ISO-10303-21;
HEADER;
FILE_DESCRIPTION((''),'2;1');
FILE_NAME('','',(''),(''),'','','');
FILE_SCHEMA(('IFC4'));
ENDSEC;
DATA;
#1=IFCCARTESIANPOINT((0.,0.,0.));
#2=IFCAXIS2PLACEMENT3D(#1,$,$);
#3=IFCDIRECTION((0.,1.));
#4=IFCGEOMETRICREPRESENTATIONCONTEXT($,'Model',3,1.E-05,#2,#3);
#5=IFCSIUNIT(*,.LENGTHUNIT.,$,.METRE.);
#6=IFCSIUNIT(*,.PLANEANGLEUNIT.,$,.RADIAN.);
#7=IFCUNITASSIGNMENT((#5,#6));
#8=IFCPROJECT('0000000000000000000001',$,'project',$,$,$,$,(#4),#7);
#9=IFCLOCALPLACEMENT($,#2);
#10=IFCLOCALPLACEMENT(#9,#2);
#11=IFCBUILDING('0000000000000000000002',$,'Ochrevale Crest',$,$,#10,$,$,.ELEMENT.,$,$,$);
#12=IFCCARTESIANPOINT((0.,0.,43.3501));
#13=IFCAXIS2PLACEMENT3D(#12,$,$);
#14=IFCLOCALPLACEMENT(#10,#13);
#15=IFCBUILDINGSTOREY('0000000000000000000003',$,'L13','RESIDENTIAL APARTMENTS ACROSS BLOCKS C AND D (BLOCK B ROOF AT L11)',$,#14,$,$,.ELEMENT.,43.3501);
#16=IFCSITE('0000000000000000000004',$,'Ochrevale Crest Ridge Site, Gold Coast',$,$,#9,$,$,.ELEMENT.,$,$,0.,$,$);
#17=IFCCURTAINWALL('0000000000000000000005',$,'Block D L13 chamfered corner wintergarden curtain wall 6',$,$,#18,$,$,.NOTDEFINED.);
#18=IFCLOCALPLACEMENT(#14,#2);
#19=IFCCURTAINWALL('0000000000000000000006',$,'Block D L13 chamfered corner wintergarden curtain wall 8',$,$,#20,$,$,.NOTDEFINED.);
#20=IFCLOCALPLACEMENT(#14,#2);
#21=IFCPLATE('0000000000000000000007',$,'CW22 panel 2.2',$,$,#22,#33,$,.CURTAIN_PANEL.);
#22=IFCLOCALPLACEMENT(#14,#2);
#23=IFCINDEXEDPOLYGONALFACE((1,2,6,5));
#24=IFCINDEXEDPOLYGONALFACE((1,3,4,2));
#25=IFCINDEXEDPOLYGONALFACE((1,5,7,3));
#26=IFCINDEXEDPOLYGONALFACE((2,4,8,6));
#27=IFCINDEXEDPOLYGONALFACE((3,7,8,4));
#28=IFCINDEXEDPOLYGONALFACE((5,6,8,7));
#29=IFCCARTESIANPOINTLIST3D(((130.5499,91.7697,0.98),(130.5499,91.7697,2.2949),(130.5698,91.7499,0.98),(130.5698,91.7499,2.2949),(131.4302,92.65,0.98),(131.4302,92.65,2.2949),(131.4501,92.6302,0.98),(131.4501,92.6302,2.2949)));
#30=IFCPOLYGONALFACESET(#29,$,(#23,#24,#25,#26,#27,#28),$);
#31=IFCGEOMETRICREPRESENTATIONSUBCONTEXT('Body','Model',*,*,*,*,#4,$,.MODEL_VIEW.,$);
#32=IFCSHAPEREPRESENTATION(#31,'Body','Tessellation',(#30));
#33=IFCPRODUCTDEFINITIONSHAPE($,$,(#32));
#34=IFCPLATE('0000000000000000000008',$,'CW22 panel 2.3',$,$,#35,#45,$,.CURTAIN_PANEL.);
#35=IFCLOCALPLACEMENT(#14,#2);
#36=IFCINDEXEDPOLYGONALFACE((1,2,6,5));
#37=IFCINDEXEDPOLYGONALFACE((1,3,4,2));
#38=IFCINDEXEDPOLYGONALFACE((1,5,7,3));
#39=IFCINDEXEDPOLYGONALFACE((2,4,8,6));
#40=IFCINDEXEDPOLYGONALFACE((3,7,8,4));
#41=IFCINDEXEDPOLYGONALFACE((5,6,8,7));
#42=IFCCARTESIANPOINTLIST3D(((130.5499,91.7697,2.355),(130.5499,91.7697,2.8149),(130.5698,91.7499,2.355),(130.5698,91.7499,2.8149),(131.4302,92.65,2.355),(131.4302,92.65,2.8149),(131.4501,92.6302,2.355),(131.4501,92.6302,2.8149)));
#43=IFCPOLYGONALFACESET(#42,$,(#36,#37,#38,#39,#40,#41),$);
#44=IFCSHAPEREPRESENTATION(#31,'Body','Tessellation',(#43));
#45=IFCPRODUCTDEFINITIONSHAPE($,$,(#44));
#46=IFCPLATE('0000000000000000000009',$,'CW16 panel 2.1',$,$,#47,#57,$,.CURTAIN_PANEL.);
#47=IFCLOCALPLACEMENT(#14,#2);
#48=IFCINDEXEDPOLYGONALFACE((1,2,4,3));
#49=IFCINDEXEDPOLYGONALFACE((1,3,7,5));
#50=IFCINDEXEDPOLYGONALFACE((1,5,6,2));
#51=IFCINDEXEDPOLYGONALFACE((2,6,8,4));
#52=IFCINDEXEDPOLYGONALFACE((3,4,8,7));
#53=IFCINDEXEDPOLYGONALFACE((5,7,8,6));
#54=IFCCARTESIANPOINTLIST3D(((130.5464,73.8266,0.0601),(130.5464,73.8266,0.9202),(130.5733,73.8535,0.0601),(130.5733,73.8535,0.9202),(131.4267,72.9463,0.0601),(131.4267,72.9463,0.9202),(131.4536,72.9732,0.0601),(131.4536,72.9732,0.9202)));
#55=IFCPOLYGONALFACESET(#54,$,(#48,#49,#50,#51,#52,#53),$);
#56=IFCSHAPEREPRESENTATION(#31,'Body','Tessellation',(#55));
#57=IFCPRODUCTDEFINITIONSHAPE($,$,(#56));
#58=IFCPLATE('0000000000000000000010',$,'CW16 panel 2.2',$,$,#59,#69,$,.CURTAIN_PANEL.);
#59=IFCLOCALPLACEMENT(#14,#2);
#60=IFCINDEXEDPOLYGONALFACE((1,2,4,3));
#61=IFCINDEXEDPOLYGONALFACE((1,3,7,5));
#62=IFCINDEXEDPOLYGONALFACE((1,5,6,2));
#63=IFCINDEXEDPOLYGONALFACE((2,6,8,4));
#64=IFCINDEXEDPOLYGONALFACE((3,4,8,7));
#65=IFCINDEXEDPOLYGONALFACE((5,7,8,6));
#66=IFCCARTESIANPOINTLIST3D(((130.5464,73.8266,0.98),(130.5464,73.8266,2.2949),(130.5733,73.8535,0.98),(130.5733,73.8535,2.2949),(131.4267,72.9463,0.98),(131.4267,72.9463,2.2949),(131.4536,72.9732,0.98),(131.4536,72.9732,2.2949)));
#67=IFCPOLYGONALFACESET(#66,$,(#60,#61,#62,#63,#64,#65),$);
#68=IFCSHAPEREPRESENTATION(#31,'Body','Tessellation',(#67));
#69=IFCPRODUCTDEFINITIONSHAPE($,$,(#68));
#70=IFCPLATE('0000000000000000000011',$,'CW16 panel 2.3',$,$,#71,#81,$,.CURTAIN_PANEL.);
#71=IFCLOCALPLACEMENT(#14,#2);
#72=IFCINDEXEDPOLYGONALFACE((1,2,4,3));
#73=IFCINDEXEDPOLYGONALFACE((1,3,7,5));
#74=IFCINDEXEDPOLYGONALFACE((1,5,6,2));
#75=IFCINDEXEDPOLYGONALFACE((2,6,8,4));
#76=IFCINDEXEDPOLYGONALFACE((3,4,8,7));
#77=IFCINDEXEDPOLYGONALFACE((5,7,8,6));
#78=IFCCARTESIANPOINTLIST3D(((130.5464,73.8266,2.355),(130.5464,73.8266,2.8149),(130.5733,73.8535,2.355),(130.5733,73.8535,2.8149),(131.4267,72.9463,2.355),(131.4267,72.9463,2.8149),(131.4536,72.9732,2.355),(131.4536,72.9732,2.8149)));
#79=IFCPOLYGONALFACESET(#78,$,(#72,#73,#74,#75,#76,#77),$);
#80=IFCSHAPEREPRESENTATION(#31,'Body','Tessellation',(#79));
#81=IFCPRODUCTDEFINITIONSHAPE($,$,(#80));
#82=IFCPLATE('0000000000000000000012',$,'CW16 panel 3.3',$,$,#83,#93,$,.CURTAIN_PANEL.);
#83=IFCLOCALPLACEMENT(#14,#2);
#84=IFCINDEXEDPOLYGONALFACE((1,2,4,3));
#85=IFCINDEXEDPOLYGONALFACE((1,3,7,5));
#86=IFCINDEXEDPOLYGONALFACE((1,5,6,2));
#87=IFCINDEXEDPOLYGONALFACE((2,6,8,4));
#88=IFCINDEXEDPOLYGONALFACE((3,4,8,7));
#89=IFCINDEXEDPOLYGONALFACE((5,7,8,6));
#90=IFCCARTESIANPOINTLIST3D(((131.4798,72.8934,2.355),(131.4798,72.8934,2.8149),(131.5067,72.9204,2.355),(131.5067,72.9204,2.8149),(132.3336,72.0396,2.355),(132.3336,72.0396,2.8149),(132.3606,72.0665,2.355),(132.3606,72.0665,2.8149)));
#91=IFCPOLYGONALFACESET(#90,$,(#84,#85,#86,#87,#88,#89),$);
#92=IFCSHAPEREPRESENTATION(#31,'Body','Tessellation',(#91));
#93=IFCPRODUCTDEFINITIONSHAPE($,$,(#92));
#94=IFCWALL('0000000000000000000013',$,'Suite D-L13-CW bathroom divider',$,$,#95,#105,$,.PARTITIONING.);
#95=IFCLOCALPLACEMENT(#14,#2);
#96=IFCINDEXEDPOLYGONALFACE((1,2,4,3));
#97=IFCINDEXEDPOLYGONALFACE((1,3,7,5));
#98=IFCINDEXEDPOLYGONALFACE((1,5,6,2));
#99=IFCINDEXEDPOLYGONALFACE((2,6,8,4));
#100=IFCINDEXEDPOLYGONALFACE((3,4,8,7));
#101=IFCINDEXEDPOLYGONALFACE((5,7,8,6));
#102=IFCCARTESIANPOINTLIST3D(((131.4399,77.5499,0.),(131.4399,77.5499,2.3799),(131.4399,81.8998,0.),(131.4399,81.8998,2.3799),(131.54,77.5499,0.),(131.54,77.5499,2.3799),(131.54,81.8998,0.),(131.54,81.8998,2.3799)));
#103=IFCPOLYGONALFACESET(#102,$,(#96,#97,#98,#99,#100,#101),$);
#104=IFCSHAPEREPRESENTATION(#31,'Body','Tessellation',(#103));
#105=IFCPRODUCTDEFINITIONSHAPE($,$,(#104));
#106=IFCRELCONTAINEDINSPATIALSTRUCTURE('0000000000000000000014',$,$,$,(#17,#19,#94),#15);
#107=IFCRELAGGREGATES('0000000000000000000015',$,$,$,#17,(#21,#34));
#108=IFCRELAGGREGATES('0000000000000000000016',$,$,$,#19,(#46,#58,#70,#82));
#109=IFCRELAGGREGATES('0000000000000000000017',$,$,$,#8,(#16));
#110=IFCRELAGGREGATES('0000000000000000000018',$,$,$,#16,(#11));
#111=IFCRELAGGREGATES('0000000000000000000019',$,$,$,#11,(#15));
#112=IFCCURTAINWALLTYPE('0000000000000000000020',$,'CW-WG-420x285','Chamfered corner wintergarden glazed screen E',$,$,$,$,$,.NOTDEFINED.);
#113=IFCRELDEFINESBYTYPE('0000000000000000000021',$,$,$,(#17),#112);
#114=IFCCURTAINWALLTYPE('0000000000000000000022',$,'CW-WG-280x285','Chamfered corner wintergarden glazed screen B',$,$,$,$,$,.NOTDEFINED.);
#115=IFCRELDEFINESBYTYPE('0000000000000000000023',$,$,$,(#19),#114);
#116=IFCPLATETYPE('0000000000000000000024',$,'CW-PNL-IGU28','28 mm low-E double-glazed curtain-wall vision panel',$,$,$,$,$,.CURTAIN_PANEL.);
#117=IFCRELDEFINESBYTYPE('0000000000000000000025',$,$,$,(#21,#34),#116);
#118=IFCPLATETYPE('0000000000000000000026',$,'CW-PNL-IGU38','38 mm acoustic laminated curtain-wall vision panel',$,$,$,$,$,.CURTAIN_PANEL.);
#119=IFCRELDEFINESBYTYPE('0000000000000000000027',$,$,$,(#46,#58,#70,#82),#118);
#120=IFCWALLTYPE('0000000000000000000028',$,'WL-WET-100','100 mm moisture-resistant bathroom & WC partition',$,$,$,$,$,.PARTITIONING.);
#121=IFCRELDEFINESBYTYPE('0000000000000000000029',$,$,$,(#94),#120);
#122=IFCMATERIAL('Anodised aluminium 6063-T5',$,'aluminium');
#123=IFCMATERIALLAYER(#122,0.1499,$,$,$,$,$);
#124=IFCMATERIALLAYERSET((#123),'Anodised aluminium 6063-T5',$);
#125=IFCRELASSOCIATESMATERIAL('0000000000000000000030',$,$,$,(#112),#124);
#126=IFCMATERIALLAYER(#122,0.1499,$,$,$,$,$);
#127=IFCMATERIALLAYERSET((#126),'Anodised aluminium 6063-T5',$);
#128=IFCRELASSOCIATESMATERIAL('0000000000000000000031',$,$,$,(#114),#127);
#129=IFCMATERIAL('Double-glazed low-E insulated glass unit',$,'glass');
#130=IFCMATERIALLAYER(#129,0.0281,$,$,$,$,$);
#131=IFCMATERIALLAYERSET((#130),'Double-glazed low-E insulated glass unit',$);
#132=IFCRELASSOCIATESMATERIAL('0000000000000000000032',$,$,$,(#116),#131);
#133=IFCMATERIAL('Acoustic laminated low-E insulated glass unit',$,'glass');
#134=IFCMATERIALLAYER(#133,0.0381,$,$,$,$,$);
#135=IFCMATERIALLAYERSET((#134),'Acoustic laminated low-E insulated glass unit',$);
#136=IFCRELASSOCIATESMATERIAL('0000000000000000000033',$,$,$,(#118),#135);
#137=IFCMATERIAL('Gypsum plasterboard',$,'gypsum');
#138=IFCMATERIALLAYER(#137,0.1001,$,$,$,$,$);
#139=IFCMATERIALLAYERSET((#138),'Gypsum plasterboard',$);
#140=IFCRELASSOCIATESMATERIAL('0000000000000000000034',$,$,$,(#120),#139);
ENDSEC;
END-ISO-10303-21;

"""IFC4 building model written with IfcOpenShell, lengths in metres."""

from ifc_helpers import new_model, si_unit, direction, frame, frame_2d, origin, origin_2d, place, context, subcontext, project, spatial, rectangle, extrude, material, layer, layer_set, type_object, element, aggregate, save


model = new_model("IFC4")

# Units and contexts
model_context = context("Model", 3, precision=1e-05, world=origin(), true_north=direction((0.0, 1.0)))
body_context = subcontext(model_context, "Body", "Model", "MODEL_VIEW")
ifc_project = project(units=[si_unit("LENGTHUNIT", "METRE"), si_unit("PLANEANGLEUNIT", "RADIAN")], contexts=[model_context])

# Site, building, storey
site_placement = place(None, origin())
site = spatial("IfcSite", under=ifc_project, at=site_placement, Name="Ochrevale Crest Ridge Site, Gold Coast", CompositionType="ELEMENT", RefElevation=0.0)
building_placement = place(site_placement, origin())
building = spatial("IfcBuilding", under=site, at=building_placement, Name="Ochrevale Crest", CompositionType="ELEMENT")
storey_placement = place(building_placement, frame((0.0, 0.0, 43.3501)))
storey = spatial("IfcBuildingStorey", under=building, at=storey_placement, Name="L13", Description="RESIDENTIAL APARTMENTS ACROSS BLOCKS C AND D (BLOCK B ROOF AT L11)", CompositionType="ELEMENT", Elevation=43.3501)

# Curtain walls
ifc_material_1 = material(Name="Anodised aluminium 6063-T5", Category="aluminium")
ifc_layer_1 = layer(ifc_material_1, 0.1499)
ifc_layer_set_1 = layer_set([ifc_layer_1], Name="Anodised aluminium 6063-T5")
curtain_wall_type_1 = type_object("IfcCurtainWallType", Name="CW-WG-420x285", Description="Chamfered corner wintergarden glazed screen E", PredefinedType="NOTDEFINED", material=ifc_layer_set_1)
curtain_wall_1_placement = place(storey_placement, origin())
curtain_wall_1 = element("IfcCurtainWall", 1, at=curtain_wall_1_placement, inside=storey, type_object=curtain_wall_type_1, Name="Block D L13 chamfered corner wintergarden curtain wall 6", PredefinedType="NOTDEFINED")
ifc_layer_2 = layer(ifc_material_1, 0.1499)
ifc_layer_set_2 = layer_set([ifc_layer_2], Name="Anodised aluminium 6063-T5")
curtain_wall_type_2 = type_object("IfcCurtainWallType", Name="CW-WG-280x285", Description="Chamfered corner wintergarden glazed screen B", PredefinedType="NOTDEFINED", material=ifc_layer_set_2)
curtain_wall_2_placement = place(storey_placement, origin())
curtain_wall_2 = element("IfcCurtainWall", 2, at=curtain_wall_2_placement, inside=storey, type_object=curtain_wall_type_2, Name="Block D L13 chamfered corner wintergarden curtain wall 8", PredefinedType="NOTDEFINED")

# Plates
ifc_material_2 = material(Name="Double-glazed low-E insulated glass unit", Category="glass")
ifc_layer_3 = layer(ifc_material_2, 0.0281)
ifc_layer_set_3 = layer_set([ifc_layer_3], Name="Double-glazed low-E insulated glass unit")
plate_type_1 = type_object("IfcPlateType", Name="CW-PNL-IGU28", Description="28 mm low-E double-glazed curtain-wall vision panel", PredefinedType="CURTAIN_PANEL", material=ifc_layer_set_3)
plate_1_placement = place(storey_placement, frame((131.0, 92.2, 0.98), z_axis=(0.0, 0.0, 1.0), x_axis=(-0.707107, -0.707107, 0.0)))
plate_1 = element("IfcPlate", 3, at=plate_1_placement, type_object=plate_type_1, Name="CW22 panel 2.2", PredefinedType="CURTAIN_PANEL", context=body_context, shape_type="SweptSolid", body=[
    extrude(rectangle(XDim=1.2449, YDim=0.0281, at=origin_2d()), origin(), (0.0, 0.0, 1.0), 1.3149),
])
plate_2_placement = place(storey_placement, frame((131.0, 92.2, 2.355), z_axis=(0.0, 0.0, 1.0), x_axis=(-0.707107, -0.707107, 0.0)))
plate_2 = element("IfcPlate", 4, at=plate_2_placement, type_object=plate_type_1, Name="CW22 panel 2.3", PredefinedType="CURTAIN_PANEL", context=body_context, shape_type="SweptSolid", body=[
    extrude(rectangle(XDim=1.2449, YDim=0.0281, at=origin_2d()), origin(), (0.0, 0.0, 1.0), 0.46),
])
aggregate(curtain_wall_1, [plate_1, plate_2])
ifc_material_3 = material(Name="Acoustic laminated low-E insulated glass unit", Category="glass")
ifc_layer_4 = layer(ifc_material_3, 0.0381)
ifc_layer_set_4 = layer_set([ifc_layer_4], Name="Acoustic laminated low-E insulated glass unit")
plate_type_2 = type_object("IfcPlateType", Name="CW-PNL-IGU38", Description="38 mm acoustic laminated curtain-wall vision panel", PredefinedType="CURTAIN_PANEL", material=ifc_layer_set_4)
plate_3_placement = place(storey_placement, frame((131.0, 73.3999, 0.0601), z_axis=(0.0, 0.0, 1.0), x_axis=(0.707107, -0.707107, 0.0)))
plate_3 = element("IfcPlate", 5, at=plate_3_placement, type_object=plate_type_2, Name="CW16 panel 2.1", PredefinedType="CURTAIN_PANEL", context=body_context, shape_type="SweptSolid", body=[
    extrude(rectangle(XDim=1.2449, YDim=0.0381, at=origin_2d()), origin(), (0.0, 0.0, 1.0), 0.8601),
])
plate_4_placement = place(storey_placement, frame((131.0, 73.3999, 0.98), z_axis=(0.0, 0.0, 1.0), x_axis=(0.707107, -0.707107, 0.0)))
plate_4 = element("IfcPlate", 6, at=plate_4_placement, type_object=plate_type_2, Name="CW16 panel 2.2", PredefinedType="CURTAIN_PANEL", context=body_context, shape_type="SweptSolid", body=[
    extrude(rectangle(XDim=1.2449, YDim=0.0381, at=origin_2d()), origin(), (0.0, 0.0, 1.0), 1.3149),
])
plate_5_placement = place(storey_placement, frame((131.0, 73.3999, 2.355), z_axis=(0.0, 0.0, 1.0), x_axis=(0.707107, -0.707107, 0.0)))
plate_5 = element("IfcPlate", 7, at=plate_5_placement, type_object=plate_type_2, Name="CW16 panel 2.3", PredefinedType="CURTAIN_PANEL", context=body_context, shape_type="SweptSolid", body=[
    extrude(rectangle(XDim=1.2449, YDim=0.0381, at=origin_2d()), origin(), (0.0, 0.0, 1.0), 0.46),
])
plate_6_placement = place(storey_placement, frame((131.9202, 72.48, 2.355), z_axis=(0.0, 0.0, 1.0), x_axis=(0.707107, -0.707107, 0.0)))
plate_6 = element("IfcPlate", 8, at=plate_6_placement, type_object=plate_type_2, Name="CW16 panel 3.3", PredefinedType="CURTAIN_PANEL", context=body_context, shape_type="SweptSolid", body=[
    extrude(rectangle(XDim=1.2075, YDim=0.0381, at=origin_2d()), origin(), (0.0, 0.0, 1.0), 0.46),
])
aggregate(curtain_wall_2, [plate_3, plate_4, plate_5, plate_6])

# Wall
ifc_material_4 = material(Name="Gypsum plasterboard", Category="gypsum")
ifc_layer_5 = layer(ifc_material_4, 0.1001)
ifc_layer_set_5 = layer_set([ifc_layer_5], Name="Gypsum plasterboard")
wall_type = type_object("IfcWallType", Name="WL-WET-100", Description="100 mm moisture-resistant bathroom & WC partition", PredefinedType="PARTITIONING", material=ifc_layer_set_5)
wall_placement = place(storey_placement, frame((131.49, 77.55, 0.0), z_axis=(0.0, 0.0, 1.0), x_axis=(0.0, 1.0, 0.0)))
element("IfcWall", 9, at=wall_placement, inside=storey, type_object=wall_type, Name="Suite D-L13-CW bathroom divider", PredefinedType="PARTITIONING", context=body_context, shape_type="SweptSolid", body=[
    extrude(rectangle(XDim=4.3499, YDim=0.1001, at=frame_2d((2.1748, 0.0))), origin(), (0.0, 0.0, 1.0), 2.3799),
])

save(model, "model.ifc")
